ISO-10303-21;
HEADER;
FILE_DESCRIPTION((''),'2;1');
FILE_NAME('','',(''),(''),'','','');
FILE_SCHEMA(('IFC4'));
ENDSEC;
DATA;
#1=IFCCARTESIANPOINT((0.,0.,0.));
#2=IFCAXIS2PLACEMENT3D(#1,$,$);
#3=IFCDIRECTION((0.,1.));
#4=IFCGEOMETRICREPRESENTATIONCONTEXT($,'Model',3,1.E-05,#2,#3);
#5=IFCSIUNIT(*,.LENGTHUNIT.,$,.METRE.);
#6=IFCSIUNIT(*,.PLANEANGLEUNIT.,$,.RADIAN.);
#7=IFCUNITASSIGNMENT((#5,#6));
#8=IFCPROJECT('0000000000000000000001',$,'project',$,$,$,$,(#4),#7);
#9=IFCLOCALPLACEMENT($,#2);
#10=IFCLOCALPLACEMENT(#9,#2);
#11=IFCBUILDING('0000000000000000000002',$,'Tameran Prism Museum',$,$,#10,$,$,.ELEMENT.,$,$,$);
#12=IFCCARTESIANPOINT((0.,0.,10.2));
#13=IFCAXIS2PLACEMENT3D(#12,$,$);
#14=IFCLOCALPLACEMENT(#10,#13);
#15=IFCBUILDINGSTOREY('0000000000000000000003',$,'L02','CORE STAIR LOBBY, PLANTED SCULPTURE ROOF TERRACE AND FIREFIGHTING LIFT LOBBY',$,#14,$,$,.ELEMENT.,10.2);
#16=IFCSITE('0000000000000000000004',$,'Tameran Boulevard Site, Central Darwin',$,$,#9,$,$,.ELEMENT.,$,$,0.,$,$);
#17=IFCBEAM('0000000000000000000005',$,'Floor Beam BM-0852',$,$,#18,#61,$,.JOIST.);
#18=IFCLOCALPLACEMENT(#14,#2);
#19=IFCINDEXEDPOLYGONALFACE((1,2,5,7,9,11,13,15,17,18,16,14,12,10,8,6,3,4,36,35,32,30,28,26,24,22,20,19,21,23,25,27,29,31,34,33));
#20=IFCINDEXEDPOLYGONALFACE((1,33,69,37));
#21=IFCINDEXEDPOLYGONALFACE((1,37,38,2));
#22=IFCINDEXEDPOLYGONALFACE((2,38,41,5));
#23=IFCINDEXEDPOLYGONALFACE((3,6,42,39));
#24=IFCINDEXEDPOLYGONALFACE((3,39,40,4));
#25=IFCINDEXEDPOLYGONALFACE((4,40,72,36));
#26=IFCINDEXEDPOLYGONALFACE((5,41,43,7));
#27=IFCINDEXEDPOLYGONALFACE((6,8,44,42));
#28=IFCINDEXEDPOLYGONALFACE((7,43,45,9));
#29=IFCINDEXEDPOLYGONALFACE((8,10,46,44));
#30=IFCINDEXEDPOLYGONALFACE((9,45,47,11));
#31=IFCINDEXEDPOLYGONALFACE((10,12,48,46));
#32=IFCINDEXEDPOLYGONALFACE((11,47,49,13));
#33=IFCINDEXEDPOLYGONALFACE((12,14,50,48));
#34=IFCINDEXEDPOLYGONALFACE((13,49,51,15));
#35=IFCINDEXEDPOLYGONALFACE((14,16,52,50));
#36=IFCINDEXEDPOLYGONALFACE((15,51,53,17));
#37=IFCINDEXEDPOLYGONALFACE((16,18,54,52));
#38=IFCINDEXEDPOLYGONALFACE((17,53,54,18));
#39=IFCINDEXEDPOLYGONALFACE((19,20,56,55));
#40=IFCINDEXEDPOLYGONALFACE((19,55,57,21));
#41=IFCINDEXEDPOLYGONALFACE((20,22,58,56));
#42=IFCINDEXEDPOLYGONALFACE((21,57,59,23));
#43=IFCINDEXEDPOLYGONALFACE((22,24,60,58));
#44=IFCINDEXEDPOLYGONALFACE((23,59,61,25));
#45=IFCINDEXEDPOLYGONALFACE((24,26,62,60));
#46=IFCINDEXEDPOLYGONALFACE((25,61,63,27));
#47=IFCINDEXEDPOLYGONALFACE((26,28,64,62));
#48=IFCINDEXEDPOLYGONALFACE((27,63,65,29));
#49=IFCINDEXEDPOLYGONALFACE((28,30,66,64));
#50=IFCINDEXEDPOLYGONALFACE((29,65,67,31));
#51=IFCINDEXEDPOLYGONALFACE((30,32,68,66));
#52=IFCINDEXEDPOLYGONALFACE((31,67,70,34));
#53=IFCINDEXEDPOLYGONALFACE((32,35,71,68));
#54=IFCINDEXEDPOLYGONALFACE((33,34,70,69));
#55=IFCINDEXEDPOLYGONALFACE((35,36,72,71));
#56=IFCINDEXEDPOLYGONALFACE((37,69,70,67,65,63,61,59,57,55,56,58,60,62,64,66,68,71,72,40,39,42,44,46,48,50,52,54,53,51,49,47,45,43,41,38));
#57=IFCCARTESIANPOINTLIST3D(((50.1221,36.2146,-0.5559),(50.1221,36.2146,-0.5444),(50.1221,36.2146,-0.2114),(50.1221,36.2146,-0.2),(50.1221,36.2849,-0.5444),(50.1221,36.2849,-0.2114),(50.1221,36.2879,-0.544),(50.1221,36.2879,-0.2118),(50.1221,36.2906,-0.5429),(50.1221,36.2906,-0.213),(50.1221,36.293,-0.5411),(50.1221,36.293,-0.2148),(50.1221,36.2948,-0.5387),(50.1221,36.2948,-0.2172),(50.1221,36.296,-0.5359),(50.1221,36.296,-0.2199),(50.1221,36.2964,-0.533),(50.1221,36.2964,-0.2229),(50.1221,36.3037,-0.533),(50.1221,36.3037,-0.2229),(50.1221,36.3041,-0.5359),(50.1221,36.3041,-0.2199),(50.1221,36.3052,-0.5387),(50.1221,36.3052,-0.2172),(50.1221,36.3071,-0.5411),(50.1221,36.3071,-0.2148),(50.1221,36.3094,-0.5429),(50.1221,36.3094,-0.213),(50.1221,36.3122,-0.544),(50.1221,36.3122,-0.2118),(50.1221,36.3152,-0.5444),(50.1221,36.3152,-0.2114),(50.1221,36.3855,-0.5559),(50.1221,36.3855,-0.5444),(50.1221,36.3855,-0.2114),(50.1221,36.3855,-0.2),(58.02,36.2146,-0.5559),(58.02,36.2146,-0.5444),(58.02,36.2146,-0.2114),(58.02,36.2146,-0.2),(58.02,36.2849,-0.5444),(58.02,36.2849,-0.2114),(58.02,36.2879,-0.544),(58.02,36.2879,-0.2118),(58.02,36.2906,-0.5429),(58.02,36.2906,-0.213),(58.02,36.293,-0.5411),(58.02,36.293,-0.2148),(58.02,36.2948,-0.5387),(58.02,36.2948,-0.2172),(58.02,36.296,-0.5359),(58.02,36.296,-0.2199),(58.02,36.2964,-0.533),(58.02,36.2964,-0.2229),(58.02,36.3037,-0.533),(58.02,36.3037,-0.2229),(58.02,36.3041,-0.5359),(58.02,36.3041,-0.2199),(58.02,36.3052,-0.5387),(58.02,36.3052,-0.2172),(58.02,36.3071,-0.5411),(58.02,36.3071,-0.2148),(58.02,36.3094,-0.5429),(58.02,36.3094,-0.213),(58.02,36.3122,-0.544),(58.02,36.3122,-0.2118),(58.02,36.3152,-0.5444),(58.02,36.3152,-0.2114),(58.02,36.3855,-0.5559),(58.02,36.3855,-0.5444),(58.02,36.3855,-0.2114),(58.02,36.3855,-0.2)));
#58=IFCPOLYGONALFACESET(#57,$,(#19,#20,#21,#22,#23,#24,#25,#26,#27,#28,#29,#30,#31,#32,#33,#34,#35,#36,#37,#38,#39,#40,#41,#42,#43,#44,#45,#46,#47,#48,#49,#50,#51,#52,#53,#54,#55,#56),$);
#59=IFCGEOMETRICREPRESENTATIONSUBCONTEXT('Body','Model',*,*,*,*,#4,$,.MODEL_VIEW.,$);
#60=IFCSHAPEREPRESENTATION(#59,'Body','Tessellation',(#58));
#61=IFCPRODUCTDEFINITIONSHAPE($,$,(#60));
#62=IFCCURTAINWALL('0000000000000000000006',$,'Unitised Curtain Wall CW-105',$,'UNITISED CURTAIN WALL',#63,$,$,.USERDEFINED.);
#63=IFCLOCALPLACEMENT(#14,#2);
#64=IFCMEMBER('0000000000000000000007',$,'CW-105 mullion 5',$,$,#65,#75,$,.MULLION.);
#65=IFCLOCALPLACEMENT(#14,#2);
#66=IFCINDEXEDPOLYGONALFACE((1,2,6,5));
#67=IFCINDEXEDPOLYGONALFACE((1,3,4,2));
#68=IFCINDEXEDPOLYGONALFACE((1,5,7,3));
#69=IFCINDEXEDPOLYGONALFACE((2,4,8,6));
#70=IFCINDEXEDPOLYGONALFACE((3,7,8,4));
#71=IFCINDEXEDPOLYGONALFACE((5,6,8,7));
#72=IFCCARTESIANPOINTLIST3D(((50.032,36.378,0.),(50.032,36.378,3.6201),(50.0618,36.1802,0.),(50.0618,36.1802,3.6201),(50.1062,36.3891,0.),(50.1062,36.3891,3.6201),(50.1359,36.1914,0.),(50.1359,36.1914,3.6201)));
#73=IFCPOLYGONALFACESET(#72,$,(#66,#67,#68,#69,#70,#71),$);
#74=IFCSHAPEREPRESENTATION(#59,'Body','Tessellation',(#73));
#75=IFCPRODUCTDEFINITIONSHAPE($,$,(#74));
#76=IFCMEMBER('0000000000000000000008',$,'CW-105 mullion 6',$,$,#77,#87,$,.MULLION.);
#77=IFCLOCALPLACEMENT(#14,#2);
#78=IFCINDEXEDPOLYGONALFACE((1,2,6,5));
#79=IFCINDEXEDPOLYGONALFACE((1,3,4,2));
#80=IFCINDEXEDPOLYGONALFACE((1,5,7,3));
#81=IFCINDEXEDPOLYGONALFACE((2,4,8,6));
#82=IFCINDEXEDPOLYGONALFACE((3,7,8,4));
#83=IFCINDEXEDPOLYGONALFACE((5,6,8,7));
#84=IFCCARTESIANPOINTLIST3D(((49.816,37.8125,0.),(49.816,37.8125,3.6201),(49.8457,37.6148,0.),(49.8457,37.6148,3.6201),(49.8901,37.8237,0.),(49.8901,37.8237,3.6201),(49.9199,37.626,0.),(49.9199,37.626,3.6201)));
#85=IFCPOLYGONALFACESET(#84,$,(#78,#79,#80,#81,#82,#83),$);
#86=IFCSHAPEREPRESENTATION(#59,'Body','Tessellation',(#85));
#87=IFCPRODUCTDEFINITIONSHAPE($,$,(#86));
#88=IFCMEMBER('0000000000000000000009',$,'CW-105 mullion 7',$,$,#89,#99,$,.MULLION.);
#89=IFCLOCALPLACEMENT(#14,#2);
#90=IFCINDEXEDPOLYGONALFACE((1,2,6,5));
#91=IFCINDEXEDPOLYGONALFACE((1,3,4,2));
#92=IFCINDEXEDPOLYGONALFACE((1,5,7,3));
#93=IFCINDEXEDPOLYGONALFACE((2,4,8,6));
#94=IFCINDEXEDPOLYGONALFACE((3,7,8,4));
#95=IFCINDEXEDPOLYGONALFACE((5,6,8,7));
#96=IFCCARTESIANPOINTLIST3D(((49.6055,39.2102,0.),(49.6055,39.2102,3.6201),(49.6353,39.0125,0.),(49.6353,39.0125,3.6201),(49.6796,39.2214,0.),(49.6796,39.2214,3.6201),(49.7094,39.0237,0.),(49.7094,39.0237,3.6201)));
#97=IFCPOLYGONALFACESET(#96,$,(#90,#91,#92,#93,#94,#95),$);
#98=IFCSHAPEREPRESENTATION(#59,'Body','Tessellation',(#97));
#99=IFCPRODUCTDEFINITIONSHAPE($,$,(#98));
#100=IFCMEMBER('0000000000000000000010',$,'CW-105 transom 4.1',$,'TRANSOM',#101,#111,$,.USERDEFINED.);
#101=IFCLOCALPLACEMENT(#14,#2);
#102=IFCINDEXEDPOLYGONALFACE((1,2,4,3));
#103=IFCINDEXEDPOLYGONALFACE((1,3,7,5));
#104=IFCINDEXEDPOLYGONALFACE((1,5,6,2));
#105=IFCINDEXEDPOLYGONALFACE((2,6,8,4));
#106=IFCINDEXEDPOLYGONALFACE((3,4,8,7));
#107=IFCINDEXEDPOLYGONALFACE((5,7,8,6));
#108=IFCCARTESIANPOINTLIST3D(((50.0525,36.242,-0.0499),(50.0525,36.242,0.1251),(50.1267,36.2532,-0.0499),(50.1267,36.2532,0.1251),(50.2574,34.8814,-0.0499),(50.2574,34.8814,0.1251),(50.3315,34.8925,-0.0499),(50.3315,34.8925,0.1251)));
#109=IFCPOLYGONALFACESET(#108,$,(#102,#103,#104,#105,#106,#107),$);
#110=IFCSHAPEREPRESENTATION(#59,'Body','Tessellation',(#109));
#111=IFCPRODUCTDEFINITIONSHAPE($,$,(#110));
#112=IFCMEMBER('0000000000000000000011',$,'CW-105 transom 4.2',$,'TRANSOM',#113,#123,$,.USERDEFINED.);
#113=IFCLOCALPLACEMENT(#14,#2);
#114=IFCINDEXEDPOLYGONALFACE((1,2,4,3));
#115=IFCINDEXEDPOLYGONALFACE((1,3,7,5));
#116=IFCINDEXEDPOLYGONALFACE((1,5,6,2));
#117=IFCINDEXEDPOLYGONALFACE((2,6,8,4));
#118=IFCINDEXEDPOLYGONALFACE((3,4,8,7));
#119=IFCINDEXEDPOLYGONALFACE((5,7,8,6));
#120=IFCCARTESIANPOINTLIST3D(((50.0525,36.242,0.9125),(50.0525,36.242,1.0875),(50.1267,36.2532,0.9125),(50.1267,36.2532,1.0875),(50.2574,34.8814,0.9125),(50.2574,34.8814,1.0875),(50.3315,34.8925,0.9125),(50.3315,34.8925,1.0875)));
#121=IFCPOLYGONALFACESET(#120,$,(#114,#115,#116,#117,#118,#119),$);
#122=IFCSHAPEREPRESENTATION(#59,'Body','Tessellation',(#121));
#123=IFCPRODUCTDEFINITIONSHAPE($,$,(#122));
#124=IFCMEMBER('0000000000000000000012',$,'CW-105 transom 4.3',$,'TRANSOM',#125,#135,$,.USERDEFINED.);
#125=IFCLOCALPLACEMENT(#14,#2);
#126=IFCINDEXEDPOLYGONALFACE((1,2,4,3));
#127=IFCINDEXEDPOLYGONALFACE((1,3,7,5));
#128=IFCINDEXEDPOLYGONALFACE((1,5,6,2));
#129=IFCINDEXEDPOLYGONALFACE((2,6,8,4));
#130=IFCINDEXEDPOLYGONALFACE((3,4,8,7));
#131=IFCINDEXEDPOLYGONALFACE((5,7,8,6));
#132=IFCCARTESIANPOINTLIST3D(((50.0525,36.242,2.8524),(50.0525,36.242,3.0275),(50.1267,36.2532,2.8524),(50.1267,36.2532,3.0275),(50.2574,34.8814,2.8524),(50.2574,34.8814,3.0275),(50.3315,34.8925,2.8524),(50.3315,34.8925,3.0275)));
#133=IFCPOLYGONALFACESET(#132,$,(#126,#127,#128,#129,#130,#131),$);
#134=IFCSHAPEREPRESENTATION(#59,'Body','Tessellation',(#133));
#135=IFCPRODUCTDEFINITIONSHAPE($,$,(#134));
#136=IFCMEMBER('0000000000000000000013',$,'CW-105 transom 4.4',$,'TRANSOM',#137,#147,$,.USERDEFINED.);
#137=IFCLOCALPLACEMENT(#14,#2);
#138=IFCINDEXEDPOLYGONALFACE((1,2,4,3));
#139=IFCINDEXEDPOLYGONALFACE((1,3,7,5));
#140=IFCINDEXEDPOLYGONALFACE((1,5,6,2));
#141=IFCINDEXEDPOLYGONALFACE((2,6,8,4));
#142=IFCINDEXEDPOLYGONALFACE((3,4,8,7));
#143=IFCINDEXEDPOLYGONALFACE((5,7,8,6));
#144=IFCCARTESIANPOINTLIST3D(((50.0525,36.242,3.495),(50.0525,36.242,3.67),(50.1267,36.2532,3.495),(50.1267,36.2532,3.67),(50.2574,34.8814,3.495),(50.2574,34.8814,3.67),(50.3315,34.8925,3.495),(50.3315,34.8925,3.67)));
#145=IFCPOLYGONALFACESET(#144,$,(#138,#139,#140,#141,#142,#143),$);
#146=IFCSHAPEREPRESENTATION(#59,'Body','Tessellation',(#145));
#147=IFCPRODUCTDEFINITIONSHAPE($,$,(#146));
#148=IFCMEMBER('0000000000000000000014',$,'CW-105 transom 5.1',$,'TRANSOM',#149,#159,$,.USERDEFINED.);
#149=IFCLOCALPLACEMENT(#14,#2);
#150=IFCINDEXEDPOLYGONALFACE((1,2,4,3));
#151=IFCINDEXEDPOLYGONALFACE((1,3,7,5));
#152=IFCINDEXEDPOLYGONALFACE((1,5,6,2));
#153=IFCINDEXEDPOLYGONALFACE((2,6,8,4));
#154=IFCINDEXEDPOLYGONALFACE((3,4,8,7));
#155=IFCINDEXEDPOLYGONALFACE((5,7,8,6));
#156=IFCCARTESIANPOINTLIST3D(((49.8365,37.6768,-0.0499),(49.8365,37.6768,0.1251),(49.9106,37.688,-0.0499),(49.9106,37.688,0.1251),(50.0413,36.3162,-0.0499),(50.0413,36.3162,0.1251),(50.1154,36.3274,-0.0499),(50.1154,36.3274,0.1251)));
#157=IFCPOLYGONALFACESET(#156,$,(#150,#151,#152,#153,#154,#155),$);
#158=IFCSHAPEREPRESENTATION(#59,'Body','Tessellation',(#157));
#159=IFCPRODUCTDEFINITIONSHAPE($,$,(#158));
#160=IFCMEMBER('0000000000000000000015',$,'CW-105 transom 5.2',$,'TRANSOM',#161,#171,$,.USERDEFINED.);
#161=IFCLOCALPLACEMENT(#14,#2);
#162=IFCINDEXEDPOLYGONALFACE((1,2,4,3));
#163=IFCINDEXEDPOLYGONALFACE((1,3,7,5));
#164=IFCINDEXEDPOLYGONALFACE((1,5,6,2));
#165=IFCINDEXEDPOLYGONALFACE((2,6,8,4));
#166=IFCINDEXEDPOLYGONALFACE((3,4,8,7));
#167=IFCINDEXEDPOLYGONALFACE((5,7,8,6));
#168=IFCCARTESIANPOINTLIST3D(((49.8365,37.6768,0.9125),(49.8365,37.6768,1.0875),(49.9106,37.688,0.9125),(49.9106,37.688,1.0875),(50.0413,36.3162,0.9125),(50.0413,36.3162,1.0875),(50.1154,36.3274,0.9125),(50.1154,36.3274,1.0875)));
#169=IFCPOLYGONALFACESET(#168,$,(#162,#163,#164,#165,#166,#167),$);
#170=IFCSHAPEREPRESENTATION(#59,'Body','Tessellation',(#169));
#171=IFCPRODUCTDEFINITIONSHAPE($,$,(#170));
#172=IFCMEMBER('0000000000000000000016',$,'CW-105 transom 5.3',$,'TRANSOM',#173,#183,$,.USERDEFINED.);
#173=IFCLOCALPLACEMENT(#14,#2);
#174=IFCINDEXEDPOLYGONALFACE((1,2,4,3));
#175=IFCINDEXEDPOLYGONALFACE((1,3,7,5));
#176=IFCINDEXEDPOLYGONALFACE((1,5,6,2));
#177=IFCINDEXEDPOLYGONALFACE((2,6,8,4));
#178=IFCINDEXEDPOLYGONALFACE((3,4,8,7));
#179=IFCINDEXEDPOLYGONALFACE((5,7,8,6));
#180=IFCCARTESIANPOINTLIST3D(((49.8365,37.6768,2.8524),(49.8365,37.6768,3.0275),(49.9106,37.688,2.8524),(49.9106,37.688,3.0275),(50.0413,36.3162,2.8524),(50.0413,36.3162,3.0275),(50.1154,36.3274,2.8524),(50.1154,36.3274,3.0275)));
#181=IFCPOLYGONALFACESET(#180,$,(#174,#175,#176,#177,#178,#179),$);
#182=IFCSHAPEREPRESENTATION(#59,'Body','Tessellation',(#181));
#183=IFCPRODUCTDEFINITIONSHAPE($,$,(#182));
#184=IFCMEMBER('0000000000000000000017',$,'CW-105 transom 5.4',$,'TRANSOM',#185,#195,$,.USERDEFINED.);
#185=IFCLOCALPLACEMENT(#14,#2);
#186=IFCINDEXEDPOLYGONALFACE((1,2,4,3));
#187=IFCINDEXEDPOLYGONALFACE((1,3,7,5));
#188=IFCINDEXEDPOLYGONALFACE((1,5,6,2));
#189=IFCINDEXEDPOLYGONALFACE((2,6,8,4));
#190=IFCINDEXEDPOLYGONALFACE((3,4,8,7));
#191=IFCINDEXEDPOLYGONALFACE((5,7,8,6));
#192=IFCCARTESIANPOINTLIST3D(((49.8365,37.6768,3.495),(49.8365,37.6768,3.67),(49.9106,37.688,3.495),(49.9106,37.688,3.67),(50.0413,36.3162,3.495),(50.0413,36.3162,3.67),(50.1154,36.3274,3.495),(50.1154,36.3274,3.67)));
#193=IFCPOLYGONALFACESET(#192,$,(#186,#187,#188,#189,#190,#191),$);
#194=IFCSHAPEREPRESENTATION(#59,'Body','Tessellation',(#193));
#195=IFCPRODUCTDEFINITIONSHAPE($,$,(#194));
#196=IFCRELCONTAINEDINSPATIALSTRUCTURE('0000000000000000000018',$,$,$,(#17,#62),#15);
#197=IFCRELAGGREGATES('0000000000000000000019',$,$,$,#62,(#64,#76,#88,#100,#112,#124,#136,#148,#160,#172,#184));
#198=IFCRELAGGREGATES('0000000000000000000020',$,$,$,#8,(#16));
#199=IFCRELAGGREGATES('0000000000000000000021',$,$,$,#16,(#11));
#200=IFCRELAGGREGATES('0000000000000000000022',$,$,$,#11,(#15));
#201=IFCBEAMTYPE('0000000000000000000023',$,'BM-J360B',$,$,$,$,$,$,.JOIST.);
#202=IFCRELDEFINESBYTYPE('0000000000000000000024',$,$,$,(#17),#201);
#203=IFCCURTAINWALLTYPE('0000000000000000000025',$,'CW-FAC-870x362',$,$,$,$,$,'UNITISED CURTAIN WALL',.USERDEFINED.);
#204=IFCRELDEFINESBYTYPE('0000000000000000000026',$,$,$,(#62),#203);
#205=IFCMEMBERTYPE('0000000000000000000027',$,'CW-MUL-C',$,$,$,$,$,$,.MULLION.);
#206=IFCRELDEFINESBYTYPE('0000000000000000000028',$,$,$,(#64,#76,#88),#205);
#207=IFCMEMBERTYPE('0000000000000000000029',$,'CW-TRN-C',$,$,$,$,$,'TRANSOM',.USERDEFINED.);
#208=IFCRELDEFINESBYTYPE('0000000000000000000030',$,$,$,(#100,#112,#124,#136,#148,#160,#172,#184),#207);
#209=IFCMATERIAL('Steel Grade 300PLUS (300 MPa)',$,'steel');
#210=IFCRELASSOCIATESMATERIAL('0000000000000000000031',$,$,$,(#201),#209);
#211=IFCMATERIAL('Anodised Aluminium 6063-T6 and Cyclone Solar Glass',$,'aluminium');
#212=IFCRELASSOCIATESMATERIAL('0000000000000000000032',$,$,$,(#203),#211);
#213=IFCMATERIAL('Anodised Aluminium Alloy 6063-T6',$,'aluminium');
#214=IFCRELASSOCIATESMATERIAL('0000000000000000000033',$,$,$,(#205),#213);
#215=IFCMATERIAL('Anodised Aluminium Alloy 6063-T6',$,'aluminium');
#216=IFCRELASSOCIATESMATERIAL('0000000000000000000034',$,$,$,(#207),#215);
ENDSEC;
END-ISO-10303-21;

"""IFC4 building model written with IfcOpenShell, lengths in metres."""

from ifc_helpers import new_model, si_unit, direction, frame, origin, origin_2d, place, context, subcontext, project, spatial, rectangle, i_section, extrude, material, material_profile, profile_set, type_object, element, aggregate, save


model = new_model("IFC4")

# Units and contexts
model_context = context("Model", 3, precision=1e-05, world=origin(), true_north=direction((0.0, 1.0)))
body_context = subcontext(model_context, "Body", "Model", "MODEL_VIEW")
ifc_project = project(units=[si_unit("LENGTHUNIT", "METRE"), si_unit("PLANEANGLEUNIT", "RADIAN")], contexts=[model_context])

# Site, building, storey
site_placement = place(None, origin())
site = spatial("IfcSite", under=ifc_project, at=site_placement, Name="Tameran Boulevard Site, Central Darwin", CompositionType="ELEMENT", RefElevation=0.0)
building_placement = place(site_placement, origin())
building = spatial("IfcBuilding", under=site, at=building_placement, Name="Tameran Prism Museum", CompositionType="ELEMENT")
storey_placement = place(building_placement, frame((0.0, 0.0, 10.2)))
storey = spatial("IfcBuildingStorey", under=building, at=storey_placement, Name="L02", Description="CORE STAIR LOBBY, PLANTED SCULPTURE ROOF TERRACE AND FIREFIGHTING LIFT LOBBY", CompositionType="ELEMENT", Elevation=10.2)

# Beam
ifc_material_1 = material(Name="Steel Grade 300PLUS (300 MPa)", Category="steel")
ifc_material_profile_1 = material_profile(ifc_material_1, i_section(OverallWidth=0.1709, OverallDepth=0.356, WebThickness=0.0073, FlangeThickness=0.0115, FilletRadius=0.0115, at=origin_2d()))
ifc_profile_set_1 = profile_set([ifc_material_profile_1])
beam_type = type_object("IfcBeamType", Name="BM-J360B", PredefinedType="JOIST", material=ifc_profile_set_1)
beam_placement = place(storey_placement, frame((50.1221, 36.3, -0.3779), z_axis=(1.0, 0.0, 0.0), x_axis=(0.0, 1.0, 0.0)))
element("IfcBeam", 1, at=beam_placement, inside=storey, type_object=beam_type, Name="Floor Beam BM-0852", PredefinedType="JOIST", context=body_context, shape_type="SweptSolid", body=[
    extrude(i_section(OverallWidth=0.1709, OverallDepth=0.356, WebThickness=0.0073, FlangeThickness=0.0115, FilletRadius=0.0115, at=origin_2d()), origin(), (0.0, 0.0, 1.0), 7.8979),
])

# Curtain wall, members
ifc_material_2 = material(Name="Anodised Aluminium 6063-T6 and Cyclone Solar Glass", Category="aluminium")
curtain_wall_type = type_object("IfcCurtainWallType", Name="CW-FAC-870x362", ElementType="UNITISED CURTAIN WALL", PredefinedType="USERDEFINED", material=ifc_material_2)
curtain_wall_placement = place(storey_placement, origin())
curtain_wall = element("IfcCurtainWall", 2, at=curtain_wall_placement, inside=storey, type_object=curtain_wall_type, Name="Unitised Curtain Wall CW-105", ObjectType="UNITISED CURTAIN WALL", PredefinedType="USERDEFINED")
ifc_material_3 = material(Name="Anodised Aluminium Alloy 6063-T6", Category="aluminium")
ifc_material_profile_2 = material_profile(ifc_material_3, rectangle(XDim=0.075, YDim=0.2, at=origin_2d()))
ifc_profile_set_2 = profile_set([ifc_material_profile_2])
member_type_1 = type_object("IfcMemberType", Name="CW-MUL-C", PredefinedType="MULLION", material=ifc_profile_set_2)
member_1_placement = place(storey_placement, frame((50.084, 36.2847, 0.0), z_axis=(0.0, 0.0, 1.0), x_axis=(-0.988855, -0.14888, 0.0)))
member_1 = element("IfcMember", 3, at=member_1_placement, type_object=member_type_1, Name="CW-105 mullion 5", PredefinedType="MULLION", context=body_context, shape_type="SweptSolid", body=[
    extrude(rectangle(XDim=0.075, YDim=0.2, at=origin_2d()), origin(), (0.0, 0.0, 1.0), 3.6201),
])
member_2_placement = place(storey_placement, frame((49.8679, 37.7192, 0.0), z_axis=(0.0, 0.0, 1.0), x_axis=(-0.988855, -0.14888, 0.0)))
member_2 = element("IfcMember", 4, at=member_2_placement, type_object=member_type_1, Name="CW-105 mullion 6", PredefinedType="MULLION", context=body_context, shape_type="SweptSolid", body=[
    extrude(rectangle(XDim=0.075, YDim=0.2, at=origin_2d()), origin(), (0.0, 0.0, 1.0), 3.6201),
])
member_3_placement = place(storey_placement, frame((49.6575, 39.1169, 0.0), z_axis=(0.0, 0.0, 1.0), x_axis=(-0.988855, -0.14888, 0.0)))
member_3 = element("IfcMember", 5, at=member_3_placement, type_object=member_type_1, Name="CW-105 mullion 7", PredefinedType="MULLION", context=body_context, shape_type="SweptSolid", body=[
    extrude(rectangle(XDim=0.075, YDim=0.2, at=origin_2d()), origin(), (0.0, 0.0, 1.0), 3.6201),
])
ifc_material_4 = material(Name="Anodised Aluminium Alloy 6063-T6", Category="aluminium")
ifc_material_profile_3 = material_profile(ifc_material_4, rectangle(XDim=0.075, YDim=0.175, at=origin_2d()))
ifc_profile_set_3 = profile_set([ifc_material_profile_3])
member_type_2 = type_object("IfcMemberType", Name="CW-TRN-C", ElementType="TRANSOM", PredefinedType="USERDEFINED", material=ifc_profile_set_3)
member_4_placement = place(storey_placement, frame((50.2944, 34.887, 0.0376), z_axis=(-0.14887, 0.988857, 0.0), x_axis=(-0.988857, -0.14887, 0.0)))
member_4 = element("IfcMember", 6, at=member_4_placement, type_object=member_type_2, Name="CW-105 transom 4.1", ObjectType="TRANSOM", PredefinedType="USERDEFINED", context=body_context, shape_type="SweptSolid", body=[
    extrude(rectangle(XDim=0.075, YDim=0.175, at=origin_2d()), origin(), (0.0, 0.0, 1.0), 1.376),
])
member_5_placement = place(storey_placement, frame((50.2944, 34.887, 1.0), z_axis=(-0.14887, 0.988857, 0.0), x_axis=(-0.988857, -0.14887, 0.0)))
member_5 = element("IfcMember", 7, at=member_5_placement, type_object=member_type_2, Name="CW-105 transom 4.2", ObjectType="TRANSOM", PredefinedType="USERDEFINED", context=body_context, shape_type="SweptSolid", body=[
    extrude(rectangle(XDim=0.075, YDim=0.175, at=origin_2d()), origin(), (0.0, 0.0, 1.0), 1.376),
])
member_6_placement = place(storey_placement, frame((50.2944, 34.887, 2.9399), z_axis=(-0.14887, 0.988857, 0.0), x_axis=(-0.988857, -0.14887, 0.0)))
member_6 = element("IfcMember", 8, at=member_6_placement, type_object=member_type_2, Name="CW-105 transom 4.3", ObjectType="TRANSOM", PredefinedType="USERDEFINED", context=body_context, shape_type="SweptSolid", body=[
    extrude(rectangle(XDim=0.075, YDim=0.175, at=origin_2d()), origin(), (0.0, 0.0, 1.0), 1.376),
])
member_7_placement = place(storey_placement, frame((50.2944, 34.887, 3.5825), z_axis=(-0.14887, 0.988857, 0.0), x_axis=(-0.988857, -0.14887, 0.0)))
member_7 = element("IfcMember", 9, at=member_7_placement, type_object=member_type_2, Name="CW-105 transom 4.4", ObjectType="TRANSOM", PredefinedType="USERDEFINED", context=body_context, shape_type="SweptSolid", body=[
    extrude(rectangle(XDim=0.075, YDim=0.175, at=origin_2d()), origin(), (0.0, 0.0, 1.0), 1.376),
])
member_8_placement = place(storey_placement, frame((50.0784, 36.3218, 0.0376), z_axis=(-0.14887, 0.988857, 0.0), x_axis=(-0.988857, -0.14887, 0.0)))
member_8 = element("IfcMember", 10, at=member_8_placement, type_object=member_type_2, Name="CW-105 transom 5.1", ObjectType="TRANSOM", PredefinedType="USERDEFINED", context=body_context, shape_type="SweptSolid", body=[
    extrude(rectangle(XDim=0.075, YDim=0.175, at=origin_2d()), origin(), (0.0, 0.0, 1.0), 1.376),
])
member_9_placement = place(storey_placement, frame((50.0784, 36.3218, 1.0), z_axis=(-0.14887, 0.988857, 0.0), x_axis=(-0.988857, -0.14887, 0.0)))
member_9 = element("IfcMember", 11, at=member_9_placement, type_object=member_type_2, Name="CW-105 transom 5.2", ObjectType="TRANSOM", PredefinedType="USERDEFINED", context=body_context, shape_type="SweptSolid", body=[
    extrude(rectangle(XDim=0.075, YDim=0.175, at=origin_2d()), origin(), (0.0, 0.0, 1.0), 1.376),
])
member_10_placement = place(storey_placement, frame((50.0784, 36.3218, 2.9399), z_axis=(-0.14887, 0.988857, 0.0), x_axis=(-0.988857, -0.14887, 0.0)))
member_10 = element("IfcMember", 12, at=member_10_placement, type_object=member_type_2, Name="CW-105 transom 5.3", ObjectType="TRANSOM", PredefinedType="USERDEFINED", context=body_context, shape_type="SweptSolid", body=[
    extrude(rectangle(XDim=0.075, YDim=0.175, at=origin_2d()), origin(), (0.0, 0.0, 1.0), 1.376),
])
member_11_placement = place(storey_placement, frame((50.0784, 36.3218, 3.5825), z_axis=(-0.14887, 0.988857, 0.0), x_axis=(-0.988857, -0.14887, 0.0)))
member_11 = element("IfcMember", 13, at=member_11_placement, type_object=member_type_2, Name="CW-105 transom 5.4", ObjectType="TRANSOM", PredefinedType="USERDEFINED", context=body_context, shape_type="SweptSolid", body=[
    extrude(rectangle(XDim=0.075, YDim=0.175, at=origin_2d()), origin(), (0.0, 0.0, 1.0), 1.376),
])
aggregate(curtain_wall, [member_1, member_2, member_3, member_4, member_5, member_6, member_7, member_8, member_9, member_10, member_11])

save(model, "model.ifc")
